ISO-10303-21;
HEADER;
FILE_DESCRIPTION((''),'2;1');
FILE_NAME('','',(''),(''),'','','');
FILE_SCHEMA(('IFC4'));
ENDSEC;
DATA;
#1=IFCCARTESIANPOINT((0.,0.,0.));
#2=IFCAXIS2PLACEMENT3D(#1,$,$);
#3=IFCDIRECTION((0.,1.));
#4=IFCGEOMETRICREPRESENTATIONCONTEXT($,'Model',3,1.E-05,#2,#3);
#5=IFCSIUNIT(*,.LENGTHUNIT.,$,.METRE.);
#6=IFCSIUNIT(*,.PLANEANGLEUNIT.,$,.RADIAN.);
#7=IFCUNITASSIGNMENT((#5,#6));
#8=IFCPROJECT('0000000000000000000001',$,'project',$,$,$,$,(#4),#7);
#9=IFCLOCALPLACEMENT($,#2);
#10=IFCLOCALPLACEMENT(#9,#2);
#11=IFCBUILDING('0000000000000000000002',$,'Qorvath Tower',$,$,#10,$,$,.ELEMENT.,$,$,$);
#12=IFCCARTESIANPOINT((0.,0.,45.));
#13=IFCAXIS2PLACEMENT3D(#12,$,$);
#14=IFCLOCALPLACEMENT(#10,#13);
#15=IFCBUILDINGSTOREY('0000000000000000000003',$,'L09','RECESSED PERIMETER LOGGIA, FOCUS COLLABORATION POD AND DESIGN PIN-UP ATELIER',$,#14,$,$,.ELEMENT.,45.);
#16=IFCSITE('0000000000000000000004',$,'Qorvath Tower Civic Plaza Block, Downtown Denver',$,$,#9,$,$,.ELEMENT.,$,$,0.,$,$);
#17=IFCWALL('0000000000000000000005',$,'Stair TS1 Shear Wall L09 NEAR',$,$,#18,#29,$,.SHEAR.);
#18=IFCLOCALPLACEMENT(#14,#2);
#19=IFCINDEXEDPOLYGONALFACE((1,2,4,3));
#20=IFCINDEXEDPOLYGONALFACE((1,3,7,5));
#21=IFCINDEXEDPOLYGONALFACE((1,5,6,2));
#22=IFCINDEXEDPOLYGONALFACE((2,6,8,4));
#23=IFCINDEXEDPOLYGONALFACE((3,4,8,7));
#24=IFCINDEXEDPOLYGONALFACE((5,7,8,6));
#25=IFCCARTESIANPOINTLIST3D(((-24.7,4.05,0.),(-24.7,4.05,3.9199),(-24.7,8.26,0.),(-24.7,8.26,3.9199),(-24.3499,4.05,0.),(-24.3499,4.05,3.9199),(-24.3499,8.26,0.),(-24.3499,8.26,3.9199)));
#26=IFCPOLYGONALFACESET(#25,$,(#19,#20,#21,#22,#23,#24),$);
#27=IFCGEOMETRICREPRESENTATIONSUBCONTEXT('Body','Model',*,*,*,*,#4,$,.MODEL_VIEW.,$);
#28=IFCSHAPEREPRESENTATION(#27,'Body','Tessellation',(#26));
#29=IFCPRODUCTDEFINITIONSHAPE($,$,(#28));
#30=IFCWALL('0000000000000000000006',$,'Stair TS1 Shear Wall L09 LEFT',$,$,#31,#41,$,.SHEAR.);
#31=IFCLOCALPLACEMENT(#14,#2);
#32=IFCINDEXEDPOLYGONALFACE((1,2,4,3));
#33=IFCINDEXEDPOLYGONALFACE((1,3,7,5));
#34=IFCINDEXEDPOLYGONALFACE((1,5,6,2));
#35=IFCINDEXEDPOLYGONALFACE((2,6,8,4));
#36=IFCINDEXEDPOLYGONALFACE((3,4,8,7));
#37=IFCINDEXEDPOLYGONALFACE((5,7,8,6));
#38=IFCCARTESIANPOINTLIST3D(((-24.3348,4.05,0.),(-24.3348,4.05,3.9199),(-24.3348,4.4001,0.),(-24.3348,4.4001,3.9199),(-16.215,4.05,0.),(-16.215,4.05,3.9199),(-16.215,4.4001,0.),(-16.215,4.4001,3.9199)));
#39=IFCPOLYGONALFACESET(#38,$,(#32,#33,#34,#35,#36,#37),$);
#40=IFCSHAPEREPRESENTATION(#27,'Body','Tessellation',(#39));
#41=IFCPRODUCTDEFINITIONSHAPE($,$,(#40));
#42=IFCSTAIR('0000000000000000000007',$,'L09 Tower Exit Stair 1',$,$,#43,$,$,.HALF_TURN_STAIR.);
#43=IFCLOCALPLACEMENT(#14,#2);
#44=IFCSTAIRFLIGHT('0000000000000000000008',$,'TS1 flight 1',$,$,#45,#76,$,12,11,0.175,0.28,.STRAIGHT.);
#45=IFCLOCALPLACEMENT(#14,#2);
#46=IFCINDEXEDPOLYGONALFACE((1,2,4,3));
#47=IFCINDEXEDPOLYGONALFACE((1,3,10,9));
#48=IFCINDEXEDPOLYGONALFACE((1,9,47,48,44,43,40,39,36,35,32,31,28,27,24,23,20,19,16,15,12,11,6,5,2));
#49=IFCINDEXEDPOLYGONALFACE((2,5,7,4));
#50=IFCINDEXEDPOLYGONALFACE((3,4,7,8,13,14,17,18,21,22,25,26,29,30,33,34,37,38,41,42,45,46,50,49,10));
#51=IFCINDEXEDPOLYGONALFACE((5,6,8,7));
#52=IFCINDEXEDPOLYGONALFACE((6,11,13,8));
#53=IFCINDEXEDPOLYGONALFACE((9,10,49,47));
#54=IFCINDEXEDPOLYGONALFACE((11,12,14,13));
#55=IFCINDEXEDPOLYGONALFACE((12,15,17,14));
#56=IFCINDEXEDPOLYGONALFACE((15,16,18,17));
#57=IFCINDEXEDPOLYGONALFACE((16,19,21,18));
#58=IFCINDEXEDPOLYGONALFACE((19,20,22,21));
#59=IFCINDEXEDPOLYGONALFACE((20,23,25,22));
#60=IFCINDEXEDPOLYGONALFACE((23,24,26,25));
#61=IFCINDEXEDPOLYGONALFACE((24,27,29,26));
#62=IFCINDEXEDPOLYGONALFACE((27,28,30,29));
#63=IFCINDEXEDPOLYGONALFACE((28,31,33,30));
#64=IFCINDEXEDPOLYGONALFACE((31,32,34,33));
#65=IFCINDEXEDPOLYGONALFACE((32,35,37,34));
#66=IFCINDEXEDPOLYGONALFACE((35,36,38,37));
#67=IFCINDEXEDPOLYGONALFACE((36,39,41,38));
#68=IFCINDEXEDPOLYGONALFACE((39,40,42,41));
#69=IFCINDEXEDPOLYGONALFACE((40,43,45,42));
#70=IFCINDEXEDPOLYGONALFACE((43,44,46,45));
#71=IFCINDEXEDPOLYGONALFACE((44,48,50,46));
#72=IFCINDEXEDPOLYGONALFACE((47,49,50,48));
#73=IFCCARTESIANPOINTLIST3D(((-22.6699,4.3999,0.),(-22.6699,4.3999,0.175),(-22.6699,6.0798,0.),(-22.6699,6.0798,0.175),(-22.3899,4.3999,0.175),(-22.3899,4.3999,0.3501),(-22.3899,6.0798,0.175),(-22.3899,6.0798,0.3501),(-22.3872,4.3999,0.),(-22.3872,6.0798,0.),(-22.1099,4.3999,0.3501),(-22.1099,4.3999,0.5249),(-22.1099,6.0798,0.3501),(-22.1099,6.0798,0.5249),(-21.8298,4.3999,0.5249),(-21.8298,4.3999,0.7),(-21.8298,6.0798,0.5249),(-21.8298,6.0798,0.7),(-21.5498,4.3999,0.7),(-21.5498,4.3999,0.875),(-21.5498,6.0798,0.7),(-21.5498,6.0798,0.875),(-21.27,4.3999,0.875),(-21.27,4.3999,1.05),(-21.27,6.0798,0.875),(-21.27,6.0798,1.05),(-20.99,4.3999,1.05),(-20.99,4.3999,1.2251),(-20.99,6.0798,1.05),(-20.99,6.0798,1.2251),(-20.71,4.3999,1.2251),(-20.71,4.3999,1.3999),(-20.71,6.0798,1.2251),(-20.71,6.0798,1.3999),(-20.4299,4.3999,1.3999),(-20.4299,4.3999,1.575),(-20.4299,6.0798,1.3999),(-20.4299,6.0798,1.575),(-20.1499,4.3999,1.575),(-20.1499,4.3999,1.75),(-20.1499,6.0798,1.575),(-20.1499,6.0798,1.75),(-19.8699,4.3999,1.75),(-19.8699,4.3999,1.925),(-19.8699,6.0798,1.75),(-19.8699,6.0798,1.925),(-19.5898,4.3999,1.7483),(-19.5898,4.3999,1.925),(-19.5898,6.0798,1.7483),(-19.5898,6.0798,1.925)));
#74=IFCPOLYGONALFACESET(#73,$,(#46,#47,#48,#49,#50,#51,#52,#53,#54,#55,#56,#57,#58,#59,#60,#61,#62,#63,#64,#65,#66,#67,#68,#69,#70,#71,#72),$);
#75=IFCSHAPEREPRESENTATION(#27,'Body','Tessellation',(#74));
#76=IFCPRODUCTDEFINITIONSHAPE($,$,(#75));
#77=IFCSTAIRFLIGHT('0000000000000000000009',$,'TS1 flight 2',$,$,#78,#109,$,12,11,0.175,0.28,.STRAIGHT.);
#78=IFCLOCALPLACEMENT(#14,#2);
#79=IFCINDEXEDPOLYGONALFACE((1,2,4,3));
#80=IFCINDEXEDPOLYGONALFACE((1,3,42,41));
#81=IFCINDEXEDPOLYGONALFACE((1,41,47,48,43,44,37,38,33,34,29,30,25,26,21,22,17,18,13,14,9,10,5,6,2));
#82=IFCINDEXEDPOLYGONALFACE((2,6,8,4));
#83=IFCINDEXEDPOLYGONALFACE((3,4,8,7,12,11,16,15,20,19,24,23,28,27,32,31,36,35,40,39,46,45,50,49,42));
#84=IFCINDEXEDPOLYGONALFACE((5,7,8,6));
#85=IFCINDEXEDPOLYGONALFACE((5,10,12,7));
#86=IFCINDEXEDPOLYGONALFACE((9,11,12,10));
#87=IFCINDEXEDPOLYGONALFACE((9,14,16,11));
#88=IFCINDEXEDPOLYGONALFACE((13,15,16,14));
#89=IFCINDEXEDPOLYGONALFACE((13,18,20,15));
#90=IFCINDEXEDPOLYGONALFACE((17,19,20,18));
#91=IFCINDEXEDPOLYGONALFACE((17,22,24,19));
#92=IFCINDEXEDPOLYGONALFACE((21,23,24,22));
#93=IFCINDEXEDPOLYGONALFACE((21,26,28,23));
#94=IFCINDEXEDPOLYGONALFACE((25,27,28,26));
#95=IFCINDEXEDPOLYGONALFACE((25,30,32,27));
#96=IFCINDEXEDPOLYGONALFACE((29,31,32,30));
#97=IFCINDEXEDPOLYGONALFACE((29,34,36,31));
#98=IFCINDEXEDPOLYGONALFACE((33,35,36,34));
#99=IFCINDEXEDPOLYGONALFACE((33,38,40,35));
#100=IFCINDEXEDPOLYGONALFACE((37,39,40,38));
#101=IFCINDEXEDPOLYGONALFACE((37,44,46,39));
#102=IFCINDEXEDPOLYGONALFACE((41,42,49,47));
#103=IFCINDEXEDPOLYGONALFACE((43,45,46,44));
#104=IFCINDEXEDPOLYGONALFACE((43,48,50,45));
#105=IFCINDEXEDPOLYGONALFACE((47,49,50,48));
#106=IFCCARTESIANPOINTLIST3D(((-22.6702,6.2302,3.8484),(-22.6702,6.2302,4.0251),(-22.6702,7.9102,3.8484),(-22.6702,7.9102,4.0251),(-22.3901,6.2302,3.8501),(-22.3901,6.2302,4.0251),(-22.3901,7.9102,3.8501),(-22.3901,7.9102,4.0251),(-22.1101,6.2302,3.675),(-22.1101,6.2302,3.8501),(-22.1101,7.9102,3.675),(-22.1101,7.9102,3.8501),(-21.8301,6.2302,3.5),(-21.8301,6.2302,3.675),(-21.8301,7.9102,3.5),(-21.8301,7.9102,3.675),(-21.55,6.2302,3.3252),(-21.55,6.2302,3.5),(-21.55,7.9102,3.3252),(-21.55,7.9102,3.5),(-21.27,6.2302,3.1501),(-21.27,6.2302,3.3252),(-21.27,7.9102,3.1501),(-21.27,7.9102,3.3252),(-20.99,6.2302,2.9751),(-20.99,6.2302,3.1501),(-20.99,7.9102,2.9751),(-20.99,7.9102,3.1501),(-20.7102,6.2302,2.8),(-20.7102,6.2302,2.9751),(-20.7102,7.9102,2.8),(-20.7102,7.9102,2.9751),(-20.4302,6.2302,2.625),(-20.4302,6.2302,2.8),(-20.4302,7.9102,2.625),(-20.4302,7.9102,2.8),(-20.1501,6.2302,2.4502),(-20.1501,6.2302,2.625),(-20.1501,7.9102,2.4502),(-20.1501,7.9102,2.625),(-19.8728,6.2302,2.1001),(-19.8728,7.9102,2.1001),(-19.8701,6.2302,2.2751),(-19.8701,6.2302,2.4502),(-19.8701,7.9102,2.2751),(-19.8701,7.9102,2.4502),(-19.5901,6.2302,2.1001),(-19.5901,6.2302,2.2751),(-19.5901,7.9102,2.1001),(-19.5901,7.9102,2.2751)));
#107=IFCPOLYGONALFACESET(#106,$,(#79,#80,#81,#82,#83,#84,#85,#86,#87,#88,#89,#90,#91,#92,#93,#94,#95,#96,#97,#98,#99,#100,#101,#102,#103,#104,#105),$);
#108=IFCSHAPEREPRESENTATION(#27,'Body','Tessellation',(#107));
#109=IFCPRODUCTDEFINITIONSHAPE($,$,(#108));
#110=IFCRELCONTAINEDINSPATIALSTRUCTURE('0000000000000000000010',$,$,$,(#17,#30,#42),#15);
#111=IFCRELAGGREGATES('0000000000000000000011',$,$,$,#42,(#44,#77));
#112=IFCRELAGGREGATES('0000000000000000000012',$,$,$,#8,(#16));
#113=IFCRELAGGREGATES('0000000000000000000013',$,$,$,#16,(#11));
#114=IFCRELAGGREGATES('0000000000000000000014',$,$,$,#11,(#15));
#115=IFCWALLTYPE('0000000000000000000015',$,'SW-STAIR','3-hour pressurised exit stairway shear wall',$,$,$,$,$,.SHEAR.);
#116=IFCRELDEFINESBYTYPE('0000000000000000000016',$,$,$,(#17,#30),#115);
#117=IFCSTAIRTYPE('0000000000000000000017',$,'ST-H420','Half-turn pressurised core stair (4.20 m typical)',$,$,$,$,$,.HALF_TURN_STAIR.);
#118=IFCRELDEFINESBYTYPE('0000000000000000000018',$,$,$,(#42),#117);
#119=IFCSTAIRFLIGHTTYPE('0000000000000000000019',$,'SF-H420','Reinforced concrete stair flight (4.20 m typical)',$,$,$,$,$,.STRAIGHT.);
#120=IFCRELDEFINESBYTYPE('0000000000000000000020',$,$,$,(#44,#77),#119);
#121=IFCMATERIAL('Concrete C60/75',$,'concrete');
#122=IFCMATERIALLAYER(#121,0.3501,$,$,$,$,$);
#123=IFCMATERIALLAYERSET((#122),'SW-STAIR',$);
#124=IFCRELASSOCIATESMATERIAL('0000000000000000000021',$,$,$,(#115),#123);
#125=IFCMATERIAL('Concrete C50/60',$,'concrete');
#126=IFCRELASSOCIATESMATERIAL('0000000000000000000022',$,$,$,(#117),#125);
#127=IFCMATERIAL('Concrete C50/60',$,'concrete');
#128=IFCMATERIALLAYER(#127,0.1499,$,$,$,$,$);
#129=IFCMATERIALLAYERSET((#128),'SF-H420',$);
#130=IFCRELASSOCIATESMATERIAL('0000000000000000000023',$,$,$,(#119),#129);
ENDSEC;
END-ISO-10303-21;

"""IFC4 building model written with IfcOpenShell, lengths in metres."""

from ifc_helpers import new_model, si_unit, direction, frame, frame_2d, origin, place, context, subcontext, project, spatial, polyline, rectangle, outline, extrude, material, layer, layer_set, type_object, element, aggregate, save


model = new_model("IFC4")

# Units and contexts
model_context = context("Model", 3, precision=1e-05, world=origin(), true_north=direction((0.0, 1.0)))
body_context = subcontext(model_context, "Body", "Model", "MODEL_VIEW")
ifc_project = project(units=[si_unit("LENGTHUNIT", "METRE"), si_unit("PLANEANGLEUNIT", "RADIAN")], contexts=[model_context])

# Site, building, storey
site_placement = place(None, origin())
site = spatial("IfcSite", under=ifc_project, at=site_placement, Name="Qorvath Tower Civic Plaza Block, Downtown Denver", CompositionType="ELEMENT", RefElevation=0.0)
building_placement = place(site_placement, origin())
building = spatial("IfcBuilding", under=site, at=building_placement, Name="Qorvath Tower", CompositionType="ELEMENT")
storey_placement = place(building_placement, frame((0.0, 0.0, 45.0)))
storey = spatial("IfcBuildingStorey", under=building, at=storey_placement, Name="L09", Description="RECESSED PERIMETER LOGGIA, FOCUS COLLABORATION POD AND DESIGN PIN-UP ATELIER", CompositionType="ELEMENT", Elevation=45.0)

# Walls
ifc_material_1 = material(Name="Concrete C60/75", Category="concrete")
ifc_layer_1 = layer(ifc_material_1, 0.3501)
ifc_layer_set_1 = layer_set([ifc_layer_1], Name="SW-STAIR")
wall_type_1 = type_object("IfcWallType", Name="SW-STAIR", Description="3-hour pressurised exit stairway shear wall", PredefinedType="SHEAR", material=ifc_layer_set_1)
wall_1_placement = place(storey_placement, frame((-24.5249, 8.26, 0.0), z_axis=(0.0, 0.0, 1.0), x_axis=(0.0, -1.0, 0.0)))
element("IfcWall", 1, at=wall_1_placement, inside=storey, type_object=wall_type_1, Name="Stair TS1 Shear Wall L09 NEAR", PredefinedType="SHEAR", context=body_context, shape_type="SweptSolid", body=[
    extrude(rectangle(XDim=4.21, YDim=0.3501, at=frame_2d((2.105, 0.0))), origin(), (0.0, 0.0, 1.0), 3.9199),
])
wall_2_placement = place(storey_placement, frame((-24.335, 4.2251, 0.0), z_axis=(0.0, 0.0, 1.0), x_axis=(1.0, 0.0, 0.0)))
element("IfcWall", 2, at=wall_2_placement, inside=storey, type_object=wall_type_1, Name="Stair TS1 Shear Wall L09 LEFT", PredefinedType="SHEAR", context=body_context, shape_type="SweptSolid", body=[
    extrude(rectangle(XDim=8.1199, YDim=0.3501, at=frame_2d((4.0601, 0.0))), origin(), (0.0, 0.0, 1.0), 3.9199),
])

# Stair, stair flights
ifc_material_2 = material(Name="Concrete C50/60", Category="concrete")
stair_type = type_object("IfcStairType", Name="ST-H420", Description="Half-turn pressurised core stair (4.20 m typical)", PredefinedType="HALF_TURN_STAIR", material=ifc_material_2)
stair_placement = place(storey_placement, origin())
stair = element("IfcStair", 3, at=stair_placement, inside=storey, type_object=stair_type, Name="L09 Tower Exit Stair 1", PredefinedType="HALF_TURN_STAIR")
ifc_material_3 = material(Name="Concrete C50/60", Category="concrete")
ifc_layer_2 = layer(ifc_material_3, 0.1499)
ifc_layer_set_2 = layer_set([ifc_layer_2], Name="SF-H420")
stair_flight_type = type_object("IfcStairFlightType", Name="SF-H420", Description="Reinforced concrete stair flight (4.20 m typical)", PredefinedType="STRAIGHT", material=ifc_layer_set_2)
stair_flight_1_placement = place(storey_placement, frame((-22.6699, 5.24, 0.0), z_axis=(0.0, 0.0, 1.0), x_axis=(1.0, 0.0, 0.0)))
stair_flight_1 = element("IfcStairFlight", 4, at=stair_flight_1_placement, type_object=stair_flight_type, Name="TS1 flight 1", NumberOfRisers=12, NumberOfTreads=11, PredefinedType="STRAIGHT", RiserHeight=0.175, TreadLength=0.28, context=body_context, shape_type="SweptSolid", body=[
    extrude(outline(polyline([(0.0, 0.0), (0.0, 0.175), (0.28, 0.175), (0.28, 0.3501), (0.5601, 0.3501), (0.5601, 0.5249), (0.8401, 0.5249), (0.8401, 0.7), (1.1201, 0.7), (1.1201, 0.875), (1.3999, 0.875), (1.3999, 1.05), (1.6799, 1.05), (1.6799, 1.2251), (1.96, 1.2251), (1.96, 1.3999), (2.24, 1.3999), (2.24, 1.575), (2.52, 1.575), (2.52, 1.75), (2.8, 1.75), (2.8, 1.925), (3.0801, 1.925), (3.0801, 2.1001), (3.0801, 1.7483), (0.2827, 0.0), (0.0, 0.0)])), frame((0.0, 0.8398, 0.0), z_axis=(0.0, -1.0, 0.0), x_axis=(1.0, 0.0, 0.0)), (0.0, 0.0, 1.0), 1.6799),
])
stair_flight_2_placement = place(storey_placement, frame((-19.5901, 7.0701, 2.1001), z_axis=(0.0, 0.0, 1.0), x_axis=(-1.0, 0.0, 0.0)))
stair_flight_2 = element("IfcStairFlight", 5, at=stair_flight_2_placement, type_object=stair_flight_type, Name="TS1 flight 2", NumberOfRisers=12, NumberOfTreads=11, PredefinedType="STRAIGHT", RiserHeight=0.175, TreadLength=0.28, context=body_context, shape_type="SweptSolid", body=[
    extrude(outline(polyline([(0.0, 0.0), (0.0, 0.175), (0.28, 0.175), (0.28, 0.3501), (0.5601, 0.3501), (0.5601, 0.5249), (0.8401, 0.5249), (0.8401, 0.7), (1.1201, 0.7), (1.1201, 0.875), (1.3999, 0.875), (1.3999, 1.05), (1.6799, 1.05), (1.6799, 1.2251), (1.96, 1.2251), (1.96, 1.3999), (2.24, 1.3999), (2.24, 1.575), (2.52, 1.575), (2.52, 1.75), (2.8, 1.75), (2.8, 1.925), (3.0801, 1.925), (3.0801, 2.1001), (3.0801, 1.7483), (0.2827, 0.0), (0.0, 0.0)])), frame((0.0, 0.8398, 0.0), z_axis=(0.0, -1.0, 0.0), x_axis=(1.0, 0.0, 0.0)), (0.0, 0.0, 1.0), 1.6799),
])
aggregate(stair, [stair_flight_1, stair_flight_2])

save(model, "model.ifc")
